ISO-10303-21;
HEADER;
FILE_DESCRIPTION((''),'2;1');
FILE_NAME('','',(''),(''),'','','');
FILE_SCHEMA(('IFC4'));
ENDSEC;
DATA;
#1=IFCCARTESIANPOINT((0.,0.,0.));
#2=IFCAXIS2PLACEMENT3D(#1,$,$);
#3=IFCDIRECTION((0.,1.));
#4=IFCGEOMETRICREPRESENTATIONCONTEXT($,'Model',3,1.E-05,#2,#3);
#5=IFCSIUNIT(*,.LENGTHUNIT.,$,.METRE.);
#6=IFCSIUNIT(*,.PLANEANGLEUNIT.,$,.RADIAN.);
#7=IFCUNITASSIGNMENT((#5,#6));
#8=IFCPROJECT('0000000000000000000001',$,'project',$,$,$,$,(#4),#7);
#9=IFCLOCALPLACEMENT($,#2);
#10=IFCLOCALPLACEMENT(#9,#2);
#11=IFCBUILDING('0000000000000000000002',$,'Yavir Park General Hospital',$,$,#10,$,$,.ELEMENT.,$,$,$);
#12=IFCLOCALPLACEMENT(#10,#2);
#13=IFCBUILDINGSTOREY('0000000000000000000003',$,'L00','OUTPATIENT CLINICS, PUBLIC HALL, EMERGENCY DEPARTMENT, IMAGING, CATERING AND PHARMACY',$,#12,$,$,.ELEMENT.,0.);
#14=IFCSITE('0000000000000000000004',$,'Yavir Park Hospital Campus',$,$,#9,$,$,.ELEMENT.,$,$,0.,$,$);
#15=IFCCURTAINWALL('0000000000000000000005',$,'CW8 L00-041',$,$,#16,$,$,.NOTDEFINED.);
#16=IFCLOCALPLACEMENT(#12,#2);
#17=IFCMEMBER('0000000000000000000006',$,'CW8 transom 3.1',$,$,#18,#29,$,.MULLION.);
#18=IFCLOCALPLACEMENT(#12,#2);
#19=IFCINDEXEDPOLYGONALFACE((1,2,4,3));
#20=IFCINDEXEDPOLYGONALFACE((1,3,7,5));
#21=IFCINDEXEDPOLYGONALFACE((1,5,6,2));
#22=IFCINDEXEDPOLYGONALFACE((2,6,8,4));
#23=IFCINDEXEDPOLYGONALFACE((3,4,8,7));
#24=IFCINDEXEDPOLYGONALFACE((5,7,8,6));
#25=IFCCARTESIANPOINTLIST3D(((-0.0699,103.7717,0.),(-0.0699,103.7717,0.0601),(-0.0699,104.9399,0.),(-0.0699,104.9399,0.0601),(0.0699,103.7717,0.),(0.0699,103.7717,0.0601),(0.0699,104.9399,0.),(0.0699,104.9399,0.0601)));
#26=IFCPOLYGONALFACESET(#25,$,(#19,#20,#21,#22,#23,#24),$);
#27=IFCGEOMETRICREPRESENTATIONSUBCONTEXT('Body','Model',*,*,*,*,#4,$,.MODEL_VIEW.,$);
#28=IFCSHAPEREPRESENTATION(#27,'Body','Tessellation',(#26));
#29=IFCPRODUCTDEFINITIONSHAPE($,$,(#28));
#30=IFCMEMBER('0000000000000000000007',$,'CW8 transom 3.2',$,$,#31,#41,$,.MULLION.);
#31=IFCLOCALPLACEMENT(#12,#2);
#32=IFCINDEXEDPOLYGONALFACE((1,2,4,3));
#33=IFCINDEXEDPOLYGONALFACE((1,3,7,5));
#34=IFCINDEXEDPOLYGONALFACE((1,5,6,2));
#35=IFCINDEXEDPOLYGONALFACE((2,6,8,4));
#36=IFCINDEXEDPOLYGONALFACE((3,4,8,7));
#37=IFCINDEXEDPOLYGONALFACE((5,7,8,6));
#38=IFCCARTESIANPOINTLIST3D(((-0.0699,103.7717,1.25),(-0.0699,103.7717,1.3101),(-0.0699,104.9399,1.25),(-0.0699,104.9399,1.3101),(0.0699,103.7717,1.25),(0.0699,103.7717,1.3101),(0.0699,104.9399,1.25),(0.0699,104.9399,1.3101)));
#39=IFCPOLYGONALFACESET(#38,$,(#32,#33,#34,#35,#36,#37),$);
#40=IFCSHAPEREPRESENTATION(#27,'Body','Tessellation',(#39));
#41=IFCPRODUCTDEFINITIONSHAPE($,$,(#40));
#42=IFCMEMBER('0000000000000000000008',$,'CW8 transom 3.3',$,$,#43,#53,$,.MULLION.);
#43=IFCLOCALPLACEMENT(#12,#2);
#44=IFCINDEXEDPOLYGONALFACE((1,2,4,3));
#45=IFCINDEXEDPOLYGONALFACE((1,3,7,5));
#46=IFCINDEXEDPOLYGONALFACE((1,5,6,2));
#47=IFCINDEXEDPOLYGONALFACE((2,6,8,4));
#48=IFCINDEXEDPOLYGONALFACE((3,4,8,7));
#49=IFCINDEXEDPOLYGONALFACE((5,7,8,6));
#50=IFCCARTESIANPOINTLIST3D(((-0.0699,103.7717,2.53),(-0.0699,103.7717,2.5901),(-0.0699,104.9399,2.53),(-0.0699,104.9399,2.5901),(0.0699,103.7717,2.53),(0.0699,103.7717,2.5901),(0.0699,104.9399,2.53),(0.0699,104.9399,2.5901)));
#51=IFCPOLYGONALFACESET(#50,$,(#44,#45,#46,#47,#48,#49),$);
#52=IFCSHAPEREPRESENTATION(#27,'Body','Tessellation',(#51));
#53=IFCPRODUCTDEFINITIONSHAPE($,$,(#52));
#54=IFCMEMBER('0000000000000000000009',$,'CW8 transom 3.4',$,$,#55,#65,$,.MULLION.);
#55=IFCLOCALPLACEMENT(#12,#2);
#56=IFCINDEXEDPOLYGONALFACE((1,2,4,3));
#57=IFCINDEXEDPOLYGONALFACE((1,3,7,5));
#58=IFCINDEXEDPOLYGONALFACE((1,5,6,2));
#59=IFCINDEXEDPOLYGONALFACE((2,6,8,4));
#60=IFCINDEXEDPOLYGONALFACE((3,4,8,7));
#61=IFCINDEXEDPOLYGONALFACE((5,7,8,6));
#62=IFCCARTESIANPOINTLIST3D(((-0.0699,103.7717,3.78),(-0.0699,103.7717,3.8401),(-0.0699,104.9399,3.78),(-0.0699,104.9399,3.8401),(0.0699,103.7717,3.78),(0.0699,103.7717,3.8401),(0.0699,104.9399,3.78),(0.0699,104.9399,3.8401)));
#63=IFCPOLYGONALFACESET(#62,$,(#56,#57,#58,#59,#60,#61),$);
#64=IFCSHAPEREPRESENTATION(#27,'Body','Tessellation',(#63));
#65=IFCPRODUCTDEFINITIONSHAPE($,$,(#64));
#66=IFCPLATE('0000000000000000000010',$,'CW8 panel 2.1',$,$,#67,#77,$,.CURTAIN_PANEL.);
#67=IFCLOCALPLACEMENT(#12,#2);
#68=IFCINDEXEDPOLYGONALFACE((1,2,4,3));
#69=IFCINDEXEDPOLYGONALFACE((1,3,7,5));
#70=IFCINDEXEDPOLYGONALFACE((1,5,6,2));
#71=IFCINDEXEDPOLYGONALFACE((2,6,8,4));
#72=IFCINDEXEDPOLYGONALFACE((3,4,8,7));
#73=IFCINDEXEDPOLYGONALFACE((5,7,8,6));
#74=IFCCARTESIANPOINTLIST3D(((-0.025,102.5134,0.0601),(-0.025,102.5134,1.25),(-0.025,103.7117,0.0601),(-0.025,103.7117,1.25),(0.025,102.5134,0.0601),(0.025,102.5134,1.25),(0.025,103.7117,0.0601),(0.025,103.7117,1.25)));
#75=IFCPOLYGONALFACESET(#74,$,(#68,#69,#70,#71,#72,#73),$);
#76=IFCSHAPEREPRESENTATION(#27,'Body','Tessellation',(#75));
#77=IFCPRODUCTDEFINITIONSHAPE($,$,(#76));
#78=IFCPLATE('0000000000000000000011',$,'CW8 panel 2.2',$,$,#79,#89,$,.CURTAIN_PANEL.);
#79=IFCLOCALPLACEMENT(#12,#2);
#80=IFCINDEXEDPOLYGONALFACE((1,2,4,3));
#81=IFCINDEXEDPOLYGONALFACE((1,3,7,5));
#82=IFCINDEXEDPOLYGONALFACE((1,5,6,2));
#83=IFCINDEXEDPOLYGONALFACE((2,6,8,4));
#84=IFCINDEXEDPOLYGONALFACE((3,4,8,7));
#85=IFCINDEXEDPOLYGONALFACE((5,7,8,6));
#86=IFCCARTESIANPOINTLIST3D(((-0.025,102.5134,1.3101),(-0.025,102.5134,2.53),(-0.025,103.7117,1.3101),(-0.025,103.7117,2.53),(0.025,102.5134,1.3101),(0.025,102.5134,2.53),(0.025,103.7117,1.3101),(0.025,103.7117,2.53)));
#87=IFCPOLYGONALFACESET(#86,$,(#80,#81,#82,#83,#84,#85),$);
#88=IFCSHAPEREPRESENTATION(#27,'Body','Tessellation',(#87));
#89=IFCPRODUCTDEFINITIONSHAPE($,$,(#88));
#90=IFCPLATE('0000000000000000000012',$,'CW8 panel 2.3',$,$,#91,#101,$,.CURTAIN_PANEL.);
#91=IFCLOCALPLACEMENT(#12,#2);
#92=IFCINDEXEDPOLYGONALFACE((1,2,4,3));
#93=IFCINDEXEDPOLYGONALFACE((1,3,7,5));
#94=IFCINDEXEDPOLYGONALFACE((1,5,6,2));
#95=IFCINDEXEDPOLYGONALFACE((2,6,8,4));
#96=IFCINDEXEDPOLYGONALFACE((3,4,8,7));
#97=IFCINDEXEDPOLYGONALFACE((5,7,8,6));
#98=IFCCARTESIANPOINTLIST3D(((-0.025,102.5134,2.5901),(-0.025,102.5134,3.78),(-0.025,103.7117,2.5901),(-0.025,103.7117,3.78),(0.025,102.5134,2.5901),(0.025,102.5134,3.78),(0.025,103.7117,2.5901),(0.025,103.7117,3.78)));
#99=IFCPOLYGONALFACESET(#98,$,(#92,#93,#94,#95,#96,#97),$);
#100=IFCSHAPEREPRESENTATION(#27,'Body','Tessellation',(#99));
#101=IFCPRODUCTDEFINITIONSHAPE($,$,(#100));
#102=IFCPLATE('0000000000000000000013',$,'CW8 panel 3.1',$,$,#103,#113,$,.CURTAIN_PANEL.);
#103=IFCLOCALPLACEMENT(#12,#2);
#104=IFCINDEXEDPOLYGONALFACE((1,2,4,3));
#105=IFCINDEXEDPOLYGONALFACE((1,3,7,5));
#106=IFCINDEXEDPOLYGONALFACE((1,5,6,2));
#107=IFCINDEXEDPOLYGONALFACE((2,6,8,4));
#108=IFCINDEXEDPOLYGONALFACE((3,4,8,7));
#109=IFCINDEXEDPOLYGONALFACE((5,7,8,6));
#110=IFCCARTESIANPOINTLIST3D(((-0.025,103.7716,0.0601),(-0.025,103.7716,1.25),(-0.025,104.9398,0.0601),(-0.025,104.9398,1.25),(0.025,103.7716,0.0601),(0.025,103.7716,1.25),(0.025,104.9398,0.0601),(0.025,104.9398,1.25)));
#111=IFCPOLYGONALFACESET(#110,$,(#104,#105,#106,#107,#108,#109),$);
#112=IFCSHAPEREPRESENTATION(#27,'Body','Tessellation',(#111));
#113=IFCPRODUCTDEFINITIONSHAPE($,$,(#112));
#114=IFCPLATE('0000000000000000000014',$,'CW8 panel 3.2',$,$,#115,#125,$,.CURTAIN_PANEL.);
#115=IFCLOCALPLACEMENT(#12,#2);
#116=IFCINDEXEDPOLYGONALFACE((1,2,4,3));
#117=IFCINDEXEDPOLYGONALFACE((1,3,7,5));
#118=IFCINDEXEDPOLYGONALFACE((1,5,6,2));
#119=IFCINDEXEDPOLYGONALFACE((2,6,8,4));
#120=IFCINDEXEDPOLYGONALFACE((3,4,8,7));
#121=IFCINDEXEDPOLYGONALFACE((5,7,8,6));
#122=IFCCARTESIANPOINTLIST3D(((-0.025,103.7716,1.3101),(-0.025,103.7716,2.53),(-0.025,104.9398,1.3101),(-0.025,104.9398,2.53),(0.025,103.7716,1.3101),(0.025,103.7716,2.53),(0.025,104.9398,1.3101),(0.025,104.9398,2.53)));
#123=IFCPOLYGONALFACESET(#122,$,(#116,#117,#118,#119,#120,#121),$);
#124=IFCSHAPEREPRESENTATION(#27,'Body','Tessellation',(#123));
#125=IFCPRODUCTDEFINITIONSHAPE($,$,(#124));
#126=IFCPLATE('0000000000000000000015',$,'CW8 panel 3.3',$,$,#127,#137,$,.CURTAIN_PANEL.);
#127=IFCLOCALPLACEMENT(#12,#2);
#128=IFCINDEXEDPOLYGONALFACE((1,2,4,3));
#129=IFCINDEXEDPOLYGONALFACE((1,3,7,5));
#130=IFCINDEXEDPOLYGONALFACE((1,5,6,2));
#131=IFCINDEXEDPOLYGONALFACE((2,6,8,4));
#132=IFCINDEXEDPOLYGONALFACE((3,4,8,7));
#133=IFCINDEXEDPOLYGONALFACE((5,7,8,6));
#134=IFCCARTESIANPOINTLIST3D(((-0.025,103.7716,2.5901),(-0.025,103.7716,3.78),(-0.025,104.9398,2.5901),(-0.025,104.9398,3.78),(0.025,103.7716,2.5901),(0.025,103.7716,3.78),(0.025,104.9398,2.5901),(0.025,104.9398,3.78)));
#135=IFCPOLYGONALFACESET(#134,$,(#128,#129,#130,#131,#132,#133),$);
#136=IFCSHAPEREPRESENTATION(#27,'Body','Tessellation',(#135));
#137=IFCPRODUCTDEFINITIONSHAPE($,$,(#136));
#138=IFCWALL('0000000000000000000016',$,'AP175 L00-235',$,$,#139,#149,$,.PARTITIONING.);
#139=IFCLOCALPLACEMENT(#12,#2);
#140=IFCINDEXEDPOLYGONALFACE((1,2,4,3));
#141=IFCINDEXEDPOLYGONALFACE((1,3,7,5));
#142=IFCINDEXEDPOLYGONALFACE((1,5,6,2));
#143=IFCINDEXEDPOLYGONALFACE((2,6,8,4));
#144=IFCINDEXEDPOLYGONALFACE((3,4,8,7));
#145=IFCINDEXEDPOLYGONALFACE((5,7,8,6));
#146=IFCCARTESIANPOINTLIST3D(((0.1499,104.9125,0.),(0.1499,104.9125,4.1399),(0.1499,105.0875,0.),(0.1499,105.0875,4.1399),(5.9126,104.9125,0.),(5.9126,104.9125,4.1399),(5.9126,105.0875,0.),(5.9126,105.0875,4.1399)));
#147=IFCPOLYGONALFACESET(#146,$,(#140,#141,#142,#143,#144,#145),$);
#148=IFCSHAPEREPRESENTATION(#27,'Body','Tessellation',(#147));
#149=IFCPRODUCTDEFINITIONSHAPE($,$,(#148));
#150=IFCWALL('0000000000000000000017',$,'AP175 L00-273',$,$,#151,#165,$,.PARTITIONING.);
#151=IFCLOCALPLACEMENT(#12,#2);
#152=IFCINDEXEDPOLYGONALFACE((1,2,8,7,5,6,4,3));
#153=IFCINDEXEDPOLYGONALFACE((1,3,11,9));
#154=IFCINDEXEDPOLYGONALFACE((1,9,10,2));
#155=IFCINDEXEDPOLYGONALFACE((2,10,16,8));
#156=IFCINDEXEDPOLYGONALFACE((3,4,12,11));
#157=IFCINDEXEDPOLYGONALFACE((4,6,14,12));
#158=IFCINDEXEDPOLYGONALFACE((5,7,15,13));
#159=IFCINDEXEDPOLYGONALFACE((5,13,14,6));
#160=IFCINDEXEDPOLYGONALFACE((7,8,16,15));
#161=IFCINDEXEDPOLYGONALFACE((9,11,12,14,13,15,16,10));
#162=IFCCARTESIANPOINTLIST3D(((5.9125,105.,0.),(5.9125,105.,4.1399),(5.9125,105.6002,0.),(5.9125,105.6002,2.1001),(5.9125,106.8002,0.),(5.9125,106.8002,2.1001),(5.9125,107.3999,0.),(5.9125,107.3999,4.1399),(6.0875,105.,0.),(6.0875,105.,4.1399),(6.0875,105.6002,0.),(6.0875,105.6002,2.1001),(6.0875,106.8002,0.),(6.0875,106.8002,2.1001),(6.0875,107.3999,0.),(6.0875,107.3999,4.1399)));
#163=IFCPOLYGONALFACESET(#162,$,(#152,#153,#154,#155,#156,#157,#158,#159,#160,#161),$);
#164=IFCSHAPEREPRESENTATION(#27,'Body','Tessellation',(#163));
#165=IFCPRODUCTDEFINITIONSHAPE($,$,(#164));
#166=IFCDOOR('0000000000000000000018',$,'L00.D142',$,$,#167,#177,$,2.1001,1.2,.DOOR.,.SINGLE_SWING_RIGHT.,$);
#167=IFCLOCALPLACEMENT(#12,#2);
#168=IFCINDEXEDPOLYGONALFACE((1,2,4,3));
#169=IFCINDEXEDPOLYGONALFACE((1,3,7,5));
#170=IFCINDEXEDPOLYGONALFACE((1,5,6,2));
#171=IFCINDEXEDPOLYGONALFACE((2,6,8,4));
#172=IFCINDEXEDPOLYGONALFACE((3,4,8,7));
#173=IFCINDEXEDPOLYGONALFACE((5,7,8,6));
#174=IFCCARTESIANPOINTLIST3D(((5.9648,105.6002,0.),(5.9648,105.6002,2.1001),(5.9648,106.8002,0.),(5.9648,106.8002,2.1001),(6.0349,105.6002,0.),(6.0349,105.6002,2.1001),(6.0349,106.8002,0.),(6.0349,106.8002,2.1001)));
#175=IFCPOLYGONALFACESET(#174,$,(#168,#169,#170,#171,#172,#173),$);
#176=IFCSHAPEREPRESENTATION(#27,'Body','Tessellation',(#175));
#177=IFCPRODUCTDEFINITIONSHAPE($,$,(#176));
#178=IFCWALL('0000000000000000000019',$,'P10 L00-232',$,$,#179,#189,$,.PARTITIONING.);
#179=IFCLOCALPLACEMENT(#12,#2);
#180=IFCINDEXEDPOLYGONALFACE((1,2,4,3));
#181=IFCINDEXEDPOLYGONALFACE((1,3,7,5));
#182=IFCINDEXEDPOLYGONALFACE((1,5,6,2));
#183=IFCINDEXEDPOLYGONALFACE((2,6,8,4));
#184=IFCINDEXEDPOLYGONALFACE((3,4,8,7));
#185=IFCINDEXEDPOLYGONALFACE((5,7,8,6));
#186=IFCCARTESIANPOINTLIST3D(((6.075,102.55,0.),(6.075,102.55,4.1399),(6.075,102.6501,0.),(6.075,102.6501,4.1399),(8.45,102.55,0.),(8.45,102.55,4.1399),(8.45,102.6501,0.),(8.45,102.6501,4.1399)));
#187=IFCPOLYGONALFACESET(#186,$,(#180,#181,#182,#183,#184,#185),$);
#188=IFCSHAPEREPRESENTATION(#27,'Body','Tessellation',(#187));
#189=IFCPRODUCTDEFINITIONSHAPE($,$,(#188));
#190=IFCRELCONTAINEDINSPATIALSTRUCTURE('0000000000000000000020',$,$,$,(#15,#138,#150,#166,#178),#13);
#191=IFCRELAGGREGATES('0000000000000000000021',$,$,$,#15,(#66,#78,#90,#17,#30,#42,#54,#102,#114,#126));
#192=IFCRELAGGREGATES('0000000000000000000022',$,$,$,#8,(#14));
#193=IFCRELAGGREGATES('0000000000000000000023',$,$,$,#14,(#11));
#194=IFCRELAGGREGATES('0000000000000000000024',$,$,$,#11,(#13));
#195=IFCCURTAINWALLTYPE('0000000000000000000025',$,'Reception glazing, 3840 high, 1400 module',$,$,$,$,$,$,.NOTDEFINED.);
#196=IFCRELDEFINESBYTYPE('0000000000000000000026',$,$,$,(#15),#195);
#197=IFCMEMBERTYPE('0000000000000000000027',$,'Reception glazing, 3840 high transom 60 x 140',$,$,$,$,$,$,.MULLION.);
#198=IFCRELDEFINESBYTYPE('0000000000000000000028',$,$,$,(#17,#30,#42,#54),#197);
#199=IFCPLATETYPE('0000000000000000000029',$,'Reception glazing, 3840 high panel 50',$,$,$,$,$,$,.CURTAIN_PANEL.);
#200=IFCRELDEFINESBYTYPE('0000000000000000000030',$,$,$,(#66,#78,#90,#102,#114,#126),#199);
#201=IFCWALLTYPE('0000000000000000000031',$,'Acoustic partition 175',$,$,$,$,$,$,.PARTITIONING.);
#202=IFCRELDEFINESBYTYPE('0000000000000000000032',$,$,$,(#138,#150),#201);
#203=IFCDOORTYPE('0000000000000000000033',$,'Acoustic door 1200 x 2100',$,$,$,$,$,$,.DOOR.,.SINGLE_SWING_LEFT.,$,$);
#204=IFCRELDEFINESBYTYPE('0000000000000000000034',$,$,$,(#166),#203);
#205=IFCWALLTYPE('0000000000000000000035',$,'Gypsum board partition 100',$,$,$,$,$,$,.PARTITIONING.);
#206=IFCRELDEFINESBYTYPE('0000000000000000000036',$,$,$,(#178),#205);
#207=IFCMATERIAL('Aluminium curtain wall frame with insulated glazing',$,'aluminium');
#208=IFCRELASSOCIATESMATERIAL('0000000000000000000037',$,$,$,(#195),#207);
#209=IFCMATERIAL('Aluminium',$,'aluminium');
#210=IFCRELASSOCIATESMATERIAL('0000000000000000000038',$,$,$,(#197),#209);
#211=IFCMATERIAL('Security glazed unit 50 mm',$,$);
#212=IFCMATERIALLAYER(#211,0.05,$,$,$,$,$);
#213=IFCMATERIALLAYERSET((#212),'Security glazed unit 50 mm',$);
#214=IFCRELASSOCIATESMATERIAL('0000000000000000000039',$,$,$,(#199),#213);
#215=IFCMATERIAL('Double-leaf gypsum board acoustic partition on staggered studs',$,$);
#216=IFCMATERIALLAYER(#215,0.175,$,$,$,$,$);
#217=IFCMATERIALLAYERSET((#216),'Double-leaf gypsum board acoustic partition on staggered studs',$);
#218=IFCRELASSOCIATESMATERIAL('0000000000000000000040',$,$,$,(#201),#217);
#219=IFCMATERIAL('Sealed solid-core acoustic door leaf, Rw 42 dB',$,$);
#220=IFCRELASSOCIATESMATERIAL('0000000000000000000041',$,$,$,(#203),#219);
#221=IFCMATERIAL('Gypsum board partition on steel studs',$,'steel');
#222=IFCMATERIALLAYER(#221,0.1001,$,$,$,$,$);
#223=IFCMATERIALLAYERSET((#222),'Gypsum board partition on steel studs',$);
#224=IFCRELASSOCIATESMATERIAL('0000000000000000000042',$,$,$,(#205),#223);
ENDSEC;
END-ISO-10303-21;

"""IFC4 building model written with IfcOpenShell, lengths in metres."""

from ifc_helpers import new_model, si_unit, direction, frame, frame_2d, origin, origin_2d, place, context, subcontext, project, spatial, rectangle, extrude, material, layer, layer_set, material_profile, profile_set, type_object, element, fill, aggregate, save


model = new_model("IFC4")

# Units and contexts
model_context = context("Model", 3, precision=1e-05, world=origin(), true_north=direction((0.0, 1.0)))
body_context = subcontext(model_context, "Body", "Model", "MODEL_VIEW")
ifc_project = project(units=[si_unit("LENGTHUNIT", "METRE"), si_unit("PLANEANGLEUNIT", "RADIAN")], contexts=[model_context])

# Site, building, storey
site_placement = place(None, origin())
site = spatial("IfcSite", under=ifc_project, at=site_placement, Name="Yavir Park Hospital Campus", CompositionType="ELEMENT", RefElevation=0.0)
building_placement = place(site_placement, origin())
building = spatial("IfcBuilding", under=site, at=building_placement, Name="Yavir Park General Hospital", CompositionType="ELEMENT")
storey_placement = place(building_placement, origin())
storey = spatial("IfcBuildingStorey", under=building, at=storey_placement, Name="L00", Description="OUTPATIENT CLINICS, PUBLIC HALL, EMERGENCY DEPARTMENT, IMAGING, CATERING AND PHARMACY", CompositionType="ELEMENT", Elevation=0.0)

# Curtain wall, members, plates
ifc_material_1 = material(Name="Aluminium curtain wall frame with insulated glazing", Category="aluminium")
curtain_wall_type = type_object("IfcCurtainWallType", Name="Reception glazing, 3840 high, 1400 module", PredefinedType="NOTDEFINED", material=ifc_material_1)
curtain_wall_placement = place(storey_placement, origin())
curtain_wall = element("IfcCurtainWall", 1, at=curtain_wall_placement, inside=storey, type_object=curtain_wall_type, Name="CW8 L00-041", PredefinedType="NOTDEFINED")
ifc_material_2 = material(Name="Aluminium", Category="aluminium")
ifc_material_profile_1 = material_profile(ifc_material_2, rectangle(XDim=0.1399, YDim=0.0601, at=origin_2d()), Name="AL 140x60")
ifc_profile_set_1 = profile_set([ifc_material_profile_1], Name="Aluminium")
member_type_1 = type_object("IfcMemberType", Name="Reception glazing, 3840 high transom 60 x 140", PredefinedType="MULLION", material=ifc_profile_set_1)
member_1_placement = place(storey_placement, frame((0.0, 103.7717, 0.03), z_axis=(0.0, 1.0, 0.0), x_axis=(-1.0, 0.0, 0.0)))
member_1 = element("IfcMember", 2, at=member_1_placement, type_object=member_type_1, Name="CW8 transom 3.1", PredefinedType="MULLION", context=body_context, shape_type="SweptSolid", body=[
    extrude(rectangle(XDim=0.1399, YDim=0.0601, at=origin_2d()), origin(), (0.0, 0.0, 1.0), 1.1682),
])
member_2_placement = place(storey_placement, frame((0.0, 103.7717, 1.28), z_axis=(0.0, 1.0, 0.0), x_axis=(-1.0, 0.0, 0.0)))
member_2 = element("IfcMember", 3, at=member_2_placement, type_object=member_type_1, Name="CW8 transom 3.2", PredefinedType="MULLION", context=body_context, shape_type="SweptSolid", body=[
    extrude(rectangle(XDim=0.1399, YDim=0.0601, at=origin_2d()), origin(), (0.0, 0.0, 1.0), 1.1682),
])
member_3_placement = place(storey_placement, frame((0.0, 103.7717, 2.5601), z_axis=(0.0, 1.0, 0.0), x_axis=(-1.0, 0.0, 0.0)))
member_3 = element("IfcMember", 4, at=member_3_placement, type_object=member_type_1, Name="CW8 transom 3.3", PredefinedType="MULLION", context=body_context, shape_type="SweptSolid", body=[
    extrude(rectangle(XDim=0.1399, YDim=0.0601, at=origin_2d()), origin(), (0.0, 0.0, 1.0), 1.1682),
])
member_4_placement = place(storey_placement, frame((0.0, 103.7717, 3.8101), z_axis=(0.0, 1.0, 0.0), x_axis=(-1.0, 0.0, 0.0)))
member_4 = element("IfcMember", 5, at=member_4_placement, type_object=member_type_1, Name="CW8 transom 3.4", PredefinedType="MULLION", context=body_context, shape_type="SweptSolid", body=[
    extrude(rectangle(XDim=0.1399, YDim=0.0601, at=origin_2d()), origin(), (0.0, 0.0, 1.0), 1.1682),
])
ifc_material_3 = material(Name="Security glazed unit 50 mm")
ifc_layer_1 = layer(ifc_material_3, 0.05)
ifc_layer_set_1 = layer_set([ifc_layer_1], Name="Security glazed unit 50 mm")
plate_type = type_object("IfcPlateType", Name="Reception glazing, 3840 high panel 50", PredefinedType="CURTAIN_PANEL", material=ifc_layer_set_1)
plate_1_placement = place(storey_placement, frame((0.0, 103.1125, 0.0601), z_axis=(0.0, 0.0, 1.0), x_axis=(0.0, 1.0, 0.0)))
plate_1 = element("IfcPlate", 6, at=plate_1_placement, type_object=plate_type, Name="CW8 panel 2.1", PredefinedType="CURTAIN_PANEL", context=body_context, shape_type="SweptSolid", body=[
    extrude(rectangle(XDim=1.1982, YDim=0.05, at=origin_2d()), origin(), (0.0, 0.0, 1.0), 1.1899),
])
plate_2_placement = place(storey_placement, frame((0.0, 103.1125, 1.3101), z_axis=(0.0, 0.0, 1.0), x_axis=(0.0, 1.0, 0.0)))
plate_2 = element("IfcPlate", 7, at=plate_2_placement, type_object=plate_type, Name="CW8 panel 2.2", PredefinedType="CURTAIN_PANEL", context=body_context, shape_type="SweptSolid", body=[
    extrude(rectangle(XDim=1.1982, YDim=0.05, at=origin_2d()), origin(), (0.0, 0.0, 1.0), 1.22),
])
plate_3_placement = place(storey_placement, frame((0.0, 103.1125, 2.5901), z_axis=(0.0, 0.0, 1.0), x_axis=(0.0, 1.0, 0.0)))
plate_3 = element("IfcPlate", 8, at=plate_3_placement, type_object=plate_type, Name="CW8 panel 2.3", PredefinedType="CURTAIN_PANEL", context=body_context, shape_type="SweptSolid", body=[
    extrude(rectangle(XDim=1.1982, YDim=0.05, at=origin_2d()), origin(), (0.0, 0.0, 1.0), 1.1899),
])
plate_4_placement = place(storey_placement, frame((0.0, 104.3557, 0.0601), z_axis=(0.0, 0.0, 1.0), x_axis=(0.0, 1.0, 0.0)))
plate_4 = element("IfcPlate", 9, at=plate_4_placement, type_object=plate_type, Name="CW8 panel 3.1", PredefinedType="CURTAIN_PANEL", context=body_context, shape_type="SweptSolid", body=[
    extrude(rectangle(XDim=1.1682, YDim=0.05, at=origin_2d()), origin(), (0.0, 0.0, 1.0), 1.1899),
])
plate_5_placement = place(storey_placement, frame((0.0, 104.3557, 1.3101), z_axis=(0.0, 0.0, 1.0), x_axis=(0.0, 1.0, 0.0)))
plate_5 = element("IfcPlate", 10, at=plate_5_placement, type_object=plate_type, Name="CW8 panel 3.2", PredefinedType="CURTAIN_PANEL", context=body_context, shape_type="SweptSolid", body=[
    extrude(rectangle(XDim=1.1682, YDim=0.05, at=origin_2d()), origin(), (0.0, 0.0, 1.0), 1.22),
])
plate_6_placement = place(storey_placement, frame((0.0, 104.3557, 2.5901), z_axis=(0.0, 0.0, 1.0), x_axis=(0.0, 1.0, 0.0)))
plate_6 = element("IfcPlate", 11, at=plate_6_placement, type_object=plate_type, Name="CW8 panel 3.3", PredefinedType="CURTAIN_PANEL", context=body_context, shape_type="SweptSolid", body=[
    extrude(rectangle(XDim=1.1682, YDim=0.05, at=origin_2d()), origin(), (0.0, 0.0, 1.0), 1.1899),
])
aggregate(curtain_wall, [plate_1, plate_2, plate_3, member_1, member_2, member_3, member_4, plate_4, plate_5, plate_6])

# Wall
ifc_material_4 = material(Name="Double-leaf gypsum board acoustic partition on staggered studs")
ifc_layer_2 = layer(ifc_material_4, 0.175)
ifc_layer_set_2 = layer_set([ifc_layer_2], Name="Double-leaf gypsum board acoustic partition on staggered studs")
wall_type_1 = type_object("IfcWallType", Name="Acoustic partition 175", PredefinedType="PARTITIONING", material=ifc_layer_set_2)
wall_1_placement = place(storey_placement, frame((0.1499, 105.0, 0.0), z_axis=(0.0, 0.0, 1.0), x_axis=(1.0, 0.0, 0.0)))
element("IfcWall", 12, at=wall_1_placement, inside=storey, type_object=wall_type_1, Name="AP175 L00-235", PredefinedType="PARTITIONING", context=body_context, shape_type="SweptSolid", body=[
    extrude(rectangle(XDim=5.7627, YDim=0.175, at=frame_2d((2.8813, 0.0))), origin(), (0.0, 0.0, 1.0), 4.1399),
])

# Wall, opening, door
wall_2_placement = place(storey_placement, frame((6.0, 105.0, 0.0), z_axis=(0.0, 0.0, 1.0), x_axis=(0.0, 1.0, 0.0)))
wall_2 = element("IfcWall", 13, at=wall_2_placement, inside=storey, type_object=wall_type_1, Name="AP175 L00-273", PredefinedType="PARTITIONING", context=body_context, shape_type="SweptSolid", body=[
    extrude(rectangle(XDim=2.3999, YDim=0.175, at=frame_2d((1.2, 0.0))), origin(), (0.0, 0.0, 1.0), 4.1399),
])
opening_1_placement = place(wall_2_placement, frame((0.6001, 0.0, 0.0)))
opening_1 = element("IfcOpeningElement", 14, at=opening_1_placement, cuts=wall_2, PredefinedType="OPENING", context=body_context, shape_type="SweptSolid", body=[
    extrude(rectangle(XDim=1.2, YDim=2.1001, at=frame_2d((0.6001, 1.05))), frame((0.0, 0.0974, 0.0), z_axis=(0.0, -1.0, 0.0), x_axis=(1.0, 0.0, 0.0)), (0.0, 0.0, 1.0), 0.1951),
])
ifc_material_5 = material(Name="Sealed solid-core acoustic door leaf, Rw 42 dB")
door_type_1 = type_object("IfcDoorType", Name="Acoustic door 1200 x 2100", OperationType="SINGLE_SWING_LEFT", PredefinedType="DOOR", material=ifc_material_5)
door_1_placement = place(opening_1_placement, origin())
door_1 = element("IfcDoor", 15, at=door_1_placement, inside=storey, type_object=door_type_1, Name="L00.D142", OperationType="SINGLE_SWING_RIGHT", OverallHeight=2.1001, OverallWidth=1.2, PredefinedType="DOOR", context=body_context, shape_type="SweptSolid", body=[
    extrude(rectangle(XDim=1.2, YDim=2.1001, at=frame_2d((0.6001, 1.05))), frame((0.0, 0.0352, 0.0), z_axis=(0.0, -1.0, 0.0), x_axis=(1.0, 0.0, 0.0)), (0.0, 0.0, 1.0), 0.0701),
])
fill(opening_1, door_1)

# Wall
ifc_material_6 = material(Name="Gypsum board partition on steel studs", Category="steel")
ifc_layer_3 = layer(ifc_material_6, 0.1001)
ifc_layer_set_3 = layer_set([ifc_layer_3], Name="Gypsum board partition on steel studs")
wall_type_2 = type_object("IfcWallType", Name="Gypsum board partition 100", PredefinedType="PARTITIONING", material=ifc_layer_set_3)
wall_3_placement = place(storey_placement, frame((6.075, 102.6001, 0.0), z_axis=(0.0, 0.0, 1.0), x_axis=(1.0, 0.0, 0.0)))
element("IfcWall", 16, at=wall_3_placement, inside=storey, type_object=wall_type_2, Name="P10 L00-232", PredefinedType="PARTITIONING", context=body_context, shape_type="SweptSolid", body=[
    extrude(rectangle(XDim=2.375, YDim=0.1001, at=frame_2d((1.1875, 0.0))), origin(), (0.0, 0.0, 1.0), 4.1399),
])

save(model, "model.ifc")
